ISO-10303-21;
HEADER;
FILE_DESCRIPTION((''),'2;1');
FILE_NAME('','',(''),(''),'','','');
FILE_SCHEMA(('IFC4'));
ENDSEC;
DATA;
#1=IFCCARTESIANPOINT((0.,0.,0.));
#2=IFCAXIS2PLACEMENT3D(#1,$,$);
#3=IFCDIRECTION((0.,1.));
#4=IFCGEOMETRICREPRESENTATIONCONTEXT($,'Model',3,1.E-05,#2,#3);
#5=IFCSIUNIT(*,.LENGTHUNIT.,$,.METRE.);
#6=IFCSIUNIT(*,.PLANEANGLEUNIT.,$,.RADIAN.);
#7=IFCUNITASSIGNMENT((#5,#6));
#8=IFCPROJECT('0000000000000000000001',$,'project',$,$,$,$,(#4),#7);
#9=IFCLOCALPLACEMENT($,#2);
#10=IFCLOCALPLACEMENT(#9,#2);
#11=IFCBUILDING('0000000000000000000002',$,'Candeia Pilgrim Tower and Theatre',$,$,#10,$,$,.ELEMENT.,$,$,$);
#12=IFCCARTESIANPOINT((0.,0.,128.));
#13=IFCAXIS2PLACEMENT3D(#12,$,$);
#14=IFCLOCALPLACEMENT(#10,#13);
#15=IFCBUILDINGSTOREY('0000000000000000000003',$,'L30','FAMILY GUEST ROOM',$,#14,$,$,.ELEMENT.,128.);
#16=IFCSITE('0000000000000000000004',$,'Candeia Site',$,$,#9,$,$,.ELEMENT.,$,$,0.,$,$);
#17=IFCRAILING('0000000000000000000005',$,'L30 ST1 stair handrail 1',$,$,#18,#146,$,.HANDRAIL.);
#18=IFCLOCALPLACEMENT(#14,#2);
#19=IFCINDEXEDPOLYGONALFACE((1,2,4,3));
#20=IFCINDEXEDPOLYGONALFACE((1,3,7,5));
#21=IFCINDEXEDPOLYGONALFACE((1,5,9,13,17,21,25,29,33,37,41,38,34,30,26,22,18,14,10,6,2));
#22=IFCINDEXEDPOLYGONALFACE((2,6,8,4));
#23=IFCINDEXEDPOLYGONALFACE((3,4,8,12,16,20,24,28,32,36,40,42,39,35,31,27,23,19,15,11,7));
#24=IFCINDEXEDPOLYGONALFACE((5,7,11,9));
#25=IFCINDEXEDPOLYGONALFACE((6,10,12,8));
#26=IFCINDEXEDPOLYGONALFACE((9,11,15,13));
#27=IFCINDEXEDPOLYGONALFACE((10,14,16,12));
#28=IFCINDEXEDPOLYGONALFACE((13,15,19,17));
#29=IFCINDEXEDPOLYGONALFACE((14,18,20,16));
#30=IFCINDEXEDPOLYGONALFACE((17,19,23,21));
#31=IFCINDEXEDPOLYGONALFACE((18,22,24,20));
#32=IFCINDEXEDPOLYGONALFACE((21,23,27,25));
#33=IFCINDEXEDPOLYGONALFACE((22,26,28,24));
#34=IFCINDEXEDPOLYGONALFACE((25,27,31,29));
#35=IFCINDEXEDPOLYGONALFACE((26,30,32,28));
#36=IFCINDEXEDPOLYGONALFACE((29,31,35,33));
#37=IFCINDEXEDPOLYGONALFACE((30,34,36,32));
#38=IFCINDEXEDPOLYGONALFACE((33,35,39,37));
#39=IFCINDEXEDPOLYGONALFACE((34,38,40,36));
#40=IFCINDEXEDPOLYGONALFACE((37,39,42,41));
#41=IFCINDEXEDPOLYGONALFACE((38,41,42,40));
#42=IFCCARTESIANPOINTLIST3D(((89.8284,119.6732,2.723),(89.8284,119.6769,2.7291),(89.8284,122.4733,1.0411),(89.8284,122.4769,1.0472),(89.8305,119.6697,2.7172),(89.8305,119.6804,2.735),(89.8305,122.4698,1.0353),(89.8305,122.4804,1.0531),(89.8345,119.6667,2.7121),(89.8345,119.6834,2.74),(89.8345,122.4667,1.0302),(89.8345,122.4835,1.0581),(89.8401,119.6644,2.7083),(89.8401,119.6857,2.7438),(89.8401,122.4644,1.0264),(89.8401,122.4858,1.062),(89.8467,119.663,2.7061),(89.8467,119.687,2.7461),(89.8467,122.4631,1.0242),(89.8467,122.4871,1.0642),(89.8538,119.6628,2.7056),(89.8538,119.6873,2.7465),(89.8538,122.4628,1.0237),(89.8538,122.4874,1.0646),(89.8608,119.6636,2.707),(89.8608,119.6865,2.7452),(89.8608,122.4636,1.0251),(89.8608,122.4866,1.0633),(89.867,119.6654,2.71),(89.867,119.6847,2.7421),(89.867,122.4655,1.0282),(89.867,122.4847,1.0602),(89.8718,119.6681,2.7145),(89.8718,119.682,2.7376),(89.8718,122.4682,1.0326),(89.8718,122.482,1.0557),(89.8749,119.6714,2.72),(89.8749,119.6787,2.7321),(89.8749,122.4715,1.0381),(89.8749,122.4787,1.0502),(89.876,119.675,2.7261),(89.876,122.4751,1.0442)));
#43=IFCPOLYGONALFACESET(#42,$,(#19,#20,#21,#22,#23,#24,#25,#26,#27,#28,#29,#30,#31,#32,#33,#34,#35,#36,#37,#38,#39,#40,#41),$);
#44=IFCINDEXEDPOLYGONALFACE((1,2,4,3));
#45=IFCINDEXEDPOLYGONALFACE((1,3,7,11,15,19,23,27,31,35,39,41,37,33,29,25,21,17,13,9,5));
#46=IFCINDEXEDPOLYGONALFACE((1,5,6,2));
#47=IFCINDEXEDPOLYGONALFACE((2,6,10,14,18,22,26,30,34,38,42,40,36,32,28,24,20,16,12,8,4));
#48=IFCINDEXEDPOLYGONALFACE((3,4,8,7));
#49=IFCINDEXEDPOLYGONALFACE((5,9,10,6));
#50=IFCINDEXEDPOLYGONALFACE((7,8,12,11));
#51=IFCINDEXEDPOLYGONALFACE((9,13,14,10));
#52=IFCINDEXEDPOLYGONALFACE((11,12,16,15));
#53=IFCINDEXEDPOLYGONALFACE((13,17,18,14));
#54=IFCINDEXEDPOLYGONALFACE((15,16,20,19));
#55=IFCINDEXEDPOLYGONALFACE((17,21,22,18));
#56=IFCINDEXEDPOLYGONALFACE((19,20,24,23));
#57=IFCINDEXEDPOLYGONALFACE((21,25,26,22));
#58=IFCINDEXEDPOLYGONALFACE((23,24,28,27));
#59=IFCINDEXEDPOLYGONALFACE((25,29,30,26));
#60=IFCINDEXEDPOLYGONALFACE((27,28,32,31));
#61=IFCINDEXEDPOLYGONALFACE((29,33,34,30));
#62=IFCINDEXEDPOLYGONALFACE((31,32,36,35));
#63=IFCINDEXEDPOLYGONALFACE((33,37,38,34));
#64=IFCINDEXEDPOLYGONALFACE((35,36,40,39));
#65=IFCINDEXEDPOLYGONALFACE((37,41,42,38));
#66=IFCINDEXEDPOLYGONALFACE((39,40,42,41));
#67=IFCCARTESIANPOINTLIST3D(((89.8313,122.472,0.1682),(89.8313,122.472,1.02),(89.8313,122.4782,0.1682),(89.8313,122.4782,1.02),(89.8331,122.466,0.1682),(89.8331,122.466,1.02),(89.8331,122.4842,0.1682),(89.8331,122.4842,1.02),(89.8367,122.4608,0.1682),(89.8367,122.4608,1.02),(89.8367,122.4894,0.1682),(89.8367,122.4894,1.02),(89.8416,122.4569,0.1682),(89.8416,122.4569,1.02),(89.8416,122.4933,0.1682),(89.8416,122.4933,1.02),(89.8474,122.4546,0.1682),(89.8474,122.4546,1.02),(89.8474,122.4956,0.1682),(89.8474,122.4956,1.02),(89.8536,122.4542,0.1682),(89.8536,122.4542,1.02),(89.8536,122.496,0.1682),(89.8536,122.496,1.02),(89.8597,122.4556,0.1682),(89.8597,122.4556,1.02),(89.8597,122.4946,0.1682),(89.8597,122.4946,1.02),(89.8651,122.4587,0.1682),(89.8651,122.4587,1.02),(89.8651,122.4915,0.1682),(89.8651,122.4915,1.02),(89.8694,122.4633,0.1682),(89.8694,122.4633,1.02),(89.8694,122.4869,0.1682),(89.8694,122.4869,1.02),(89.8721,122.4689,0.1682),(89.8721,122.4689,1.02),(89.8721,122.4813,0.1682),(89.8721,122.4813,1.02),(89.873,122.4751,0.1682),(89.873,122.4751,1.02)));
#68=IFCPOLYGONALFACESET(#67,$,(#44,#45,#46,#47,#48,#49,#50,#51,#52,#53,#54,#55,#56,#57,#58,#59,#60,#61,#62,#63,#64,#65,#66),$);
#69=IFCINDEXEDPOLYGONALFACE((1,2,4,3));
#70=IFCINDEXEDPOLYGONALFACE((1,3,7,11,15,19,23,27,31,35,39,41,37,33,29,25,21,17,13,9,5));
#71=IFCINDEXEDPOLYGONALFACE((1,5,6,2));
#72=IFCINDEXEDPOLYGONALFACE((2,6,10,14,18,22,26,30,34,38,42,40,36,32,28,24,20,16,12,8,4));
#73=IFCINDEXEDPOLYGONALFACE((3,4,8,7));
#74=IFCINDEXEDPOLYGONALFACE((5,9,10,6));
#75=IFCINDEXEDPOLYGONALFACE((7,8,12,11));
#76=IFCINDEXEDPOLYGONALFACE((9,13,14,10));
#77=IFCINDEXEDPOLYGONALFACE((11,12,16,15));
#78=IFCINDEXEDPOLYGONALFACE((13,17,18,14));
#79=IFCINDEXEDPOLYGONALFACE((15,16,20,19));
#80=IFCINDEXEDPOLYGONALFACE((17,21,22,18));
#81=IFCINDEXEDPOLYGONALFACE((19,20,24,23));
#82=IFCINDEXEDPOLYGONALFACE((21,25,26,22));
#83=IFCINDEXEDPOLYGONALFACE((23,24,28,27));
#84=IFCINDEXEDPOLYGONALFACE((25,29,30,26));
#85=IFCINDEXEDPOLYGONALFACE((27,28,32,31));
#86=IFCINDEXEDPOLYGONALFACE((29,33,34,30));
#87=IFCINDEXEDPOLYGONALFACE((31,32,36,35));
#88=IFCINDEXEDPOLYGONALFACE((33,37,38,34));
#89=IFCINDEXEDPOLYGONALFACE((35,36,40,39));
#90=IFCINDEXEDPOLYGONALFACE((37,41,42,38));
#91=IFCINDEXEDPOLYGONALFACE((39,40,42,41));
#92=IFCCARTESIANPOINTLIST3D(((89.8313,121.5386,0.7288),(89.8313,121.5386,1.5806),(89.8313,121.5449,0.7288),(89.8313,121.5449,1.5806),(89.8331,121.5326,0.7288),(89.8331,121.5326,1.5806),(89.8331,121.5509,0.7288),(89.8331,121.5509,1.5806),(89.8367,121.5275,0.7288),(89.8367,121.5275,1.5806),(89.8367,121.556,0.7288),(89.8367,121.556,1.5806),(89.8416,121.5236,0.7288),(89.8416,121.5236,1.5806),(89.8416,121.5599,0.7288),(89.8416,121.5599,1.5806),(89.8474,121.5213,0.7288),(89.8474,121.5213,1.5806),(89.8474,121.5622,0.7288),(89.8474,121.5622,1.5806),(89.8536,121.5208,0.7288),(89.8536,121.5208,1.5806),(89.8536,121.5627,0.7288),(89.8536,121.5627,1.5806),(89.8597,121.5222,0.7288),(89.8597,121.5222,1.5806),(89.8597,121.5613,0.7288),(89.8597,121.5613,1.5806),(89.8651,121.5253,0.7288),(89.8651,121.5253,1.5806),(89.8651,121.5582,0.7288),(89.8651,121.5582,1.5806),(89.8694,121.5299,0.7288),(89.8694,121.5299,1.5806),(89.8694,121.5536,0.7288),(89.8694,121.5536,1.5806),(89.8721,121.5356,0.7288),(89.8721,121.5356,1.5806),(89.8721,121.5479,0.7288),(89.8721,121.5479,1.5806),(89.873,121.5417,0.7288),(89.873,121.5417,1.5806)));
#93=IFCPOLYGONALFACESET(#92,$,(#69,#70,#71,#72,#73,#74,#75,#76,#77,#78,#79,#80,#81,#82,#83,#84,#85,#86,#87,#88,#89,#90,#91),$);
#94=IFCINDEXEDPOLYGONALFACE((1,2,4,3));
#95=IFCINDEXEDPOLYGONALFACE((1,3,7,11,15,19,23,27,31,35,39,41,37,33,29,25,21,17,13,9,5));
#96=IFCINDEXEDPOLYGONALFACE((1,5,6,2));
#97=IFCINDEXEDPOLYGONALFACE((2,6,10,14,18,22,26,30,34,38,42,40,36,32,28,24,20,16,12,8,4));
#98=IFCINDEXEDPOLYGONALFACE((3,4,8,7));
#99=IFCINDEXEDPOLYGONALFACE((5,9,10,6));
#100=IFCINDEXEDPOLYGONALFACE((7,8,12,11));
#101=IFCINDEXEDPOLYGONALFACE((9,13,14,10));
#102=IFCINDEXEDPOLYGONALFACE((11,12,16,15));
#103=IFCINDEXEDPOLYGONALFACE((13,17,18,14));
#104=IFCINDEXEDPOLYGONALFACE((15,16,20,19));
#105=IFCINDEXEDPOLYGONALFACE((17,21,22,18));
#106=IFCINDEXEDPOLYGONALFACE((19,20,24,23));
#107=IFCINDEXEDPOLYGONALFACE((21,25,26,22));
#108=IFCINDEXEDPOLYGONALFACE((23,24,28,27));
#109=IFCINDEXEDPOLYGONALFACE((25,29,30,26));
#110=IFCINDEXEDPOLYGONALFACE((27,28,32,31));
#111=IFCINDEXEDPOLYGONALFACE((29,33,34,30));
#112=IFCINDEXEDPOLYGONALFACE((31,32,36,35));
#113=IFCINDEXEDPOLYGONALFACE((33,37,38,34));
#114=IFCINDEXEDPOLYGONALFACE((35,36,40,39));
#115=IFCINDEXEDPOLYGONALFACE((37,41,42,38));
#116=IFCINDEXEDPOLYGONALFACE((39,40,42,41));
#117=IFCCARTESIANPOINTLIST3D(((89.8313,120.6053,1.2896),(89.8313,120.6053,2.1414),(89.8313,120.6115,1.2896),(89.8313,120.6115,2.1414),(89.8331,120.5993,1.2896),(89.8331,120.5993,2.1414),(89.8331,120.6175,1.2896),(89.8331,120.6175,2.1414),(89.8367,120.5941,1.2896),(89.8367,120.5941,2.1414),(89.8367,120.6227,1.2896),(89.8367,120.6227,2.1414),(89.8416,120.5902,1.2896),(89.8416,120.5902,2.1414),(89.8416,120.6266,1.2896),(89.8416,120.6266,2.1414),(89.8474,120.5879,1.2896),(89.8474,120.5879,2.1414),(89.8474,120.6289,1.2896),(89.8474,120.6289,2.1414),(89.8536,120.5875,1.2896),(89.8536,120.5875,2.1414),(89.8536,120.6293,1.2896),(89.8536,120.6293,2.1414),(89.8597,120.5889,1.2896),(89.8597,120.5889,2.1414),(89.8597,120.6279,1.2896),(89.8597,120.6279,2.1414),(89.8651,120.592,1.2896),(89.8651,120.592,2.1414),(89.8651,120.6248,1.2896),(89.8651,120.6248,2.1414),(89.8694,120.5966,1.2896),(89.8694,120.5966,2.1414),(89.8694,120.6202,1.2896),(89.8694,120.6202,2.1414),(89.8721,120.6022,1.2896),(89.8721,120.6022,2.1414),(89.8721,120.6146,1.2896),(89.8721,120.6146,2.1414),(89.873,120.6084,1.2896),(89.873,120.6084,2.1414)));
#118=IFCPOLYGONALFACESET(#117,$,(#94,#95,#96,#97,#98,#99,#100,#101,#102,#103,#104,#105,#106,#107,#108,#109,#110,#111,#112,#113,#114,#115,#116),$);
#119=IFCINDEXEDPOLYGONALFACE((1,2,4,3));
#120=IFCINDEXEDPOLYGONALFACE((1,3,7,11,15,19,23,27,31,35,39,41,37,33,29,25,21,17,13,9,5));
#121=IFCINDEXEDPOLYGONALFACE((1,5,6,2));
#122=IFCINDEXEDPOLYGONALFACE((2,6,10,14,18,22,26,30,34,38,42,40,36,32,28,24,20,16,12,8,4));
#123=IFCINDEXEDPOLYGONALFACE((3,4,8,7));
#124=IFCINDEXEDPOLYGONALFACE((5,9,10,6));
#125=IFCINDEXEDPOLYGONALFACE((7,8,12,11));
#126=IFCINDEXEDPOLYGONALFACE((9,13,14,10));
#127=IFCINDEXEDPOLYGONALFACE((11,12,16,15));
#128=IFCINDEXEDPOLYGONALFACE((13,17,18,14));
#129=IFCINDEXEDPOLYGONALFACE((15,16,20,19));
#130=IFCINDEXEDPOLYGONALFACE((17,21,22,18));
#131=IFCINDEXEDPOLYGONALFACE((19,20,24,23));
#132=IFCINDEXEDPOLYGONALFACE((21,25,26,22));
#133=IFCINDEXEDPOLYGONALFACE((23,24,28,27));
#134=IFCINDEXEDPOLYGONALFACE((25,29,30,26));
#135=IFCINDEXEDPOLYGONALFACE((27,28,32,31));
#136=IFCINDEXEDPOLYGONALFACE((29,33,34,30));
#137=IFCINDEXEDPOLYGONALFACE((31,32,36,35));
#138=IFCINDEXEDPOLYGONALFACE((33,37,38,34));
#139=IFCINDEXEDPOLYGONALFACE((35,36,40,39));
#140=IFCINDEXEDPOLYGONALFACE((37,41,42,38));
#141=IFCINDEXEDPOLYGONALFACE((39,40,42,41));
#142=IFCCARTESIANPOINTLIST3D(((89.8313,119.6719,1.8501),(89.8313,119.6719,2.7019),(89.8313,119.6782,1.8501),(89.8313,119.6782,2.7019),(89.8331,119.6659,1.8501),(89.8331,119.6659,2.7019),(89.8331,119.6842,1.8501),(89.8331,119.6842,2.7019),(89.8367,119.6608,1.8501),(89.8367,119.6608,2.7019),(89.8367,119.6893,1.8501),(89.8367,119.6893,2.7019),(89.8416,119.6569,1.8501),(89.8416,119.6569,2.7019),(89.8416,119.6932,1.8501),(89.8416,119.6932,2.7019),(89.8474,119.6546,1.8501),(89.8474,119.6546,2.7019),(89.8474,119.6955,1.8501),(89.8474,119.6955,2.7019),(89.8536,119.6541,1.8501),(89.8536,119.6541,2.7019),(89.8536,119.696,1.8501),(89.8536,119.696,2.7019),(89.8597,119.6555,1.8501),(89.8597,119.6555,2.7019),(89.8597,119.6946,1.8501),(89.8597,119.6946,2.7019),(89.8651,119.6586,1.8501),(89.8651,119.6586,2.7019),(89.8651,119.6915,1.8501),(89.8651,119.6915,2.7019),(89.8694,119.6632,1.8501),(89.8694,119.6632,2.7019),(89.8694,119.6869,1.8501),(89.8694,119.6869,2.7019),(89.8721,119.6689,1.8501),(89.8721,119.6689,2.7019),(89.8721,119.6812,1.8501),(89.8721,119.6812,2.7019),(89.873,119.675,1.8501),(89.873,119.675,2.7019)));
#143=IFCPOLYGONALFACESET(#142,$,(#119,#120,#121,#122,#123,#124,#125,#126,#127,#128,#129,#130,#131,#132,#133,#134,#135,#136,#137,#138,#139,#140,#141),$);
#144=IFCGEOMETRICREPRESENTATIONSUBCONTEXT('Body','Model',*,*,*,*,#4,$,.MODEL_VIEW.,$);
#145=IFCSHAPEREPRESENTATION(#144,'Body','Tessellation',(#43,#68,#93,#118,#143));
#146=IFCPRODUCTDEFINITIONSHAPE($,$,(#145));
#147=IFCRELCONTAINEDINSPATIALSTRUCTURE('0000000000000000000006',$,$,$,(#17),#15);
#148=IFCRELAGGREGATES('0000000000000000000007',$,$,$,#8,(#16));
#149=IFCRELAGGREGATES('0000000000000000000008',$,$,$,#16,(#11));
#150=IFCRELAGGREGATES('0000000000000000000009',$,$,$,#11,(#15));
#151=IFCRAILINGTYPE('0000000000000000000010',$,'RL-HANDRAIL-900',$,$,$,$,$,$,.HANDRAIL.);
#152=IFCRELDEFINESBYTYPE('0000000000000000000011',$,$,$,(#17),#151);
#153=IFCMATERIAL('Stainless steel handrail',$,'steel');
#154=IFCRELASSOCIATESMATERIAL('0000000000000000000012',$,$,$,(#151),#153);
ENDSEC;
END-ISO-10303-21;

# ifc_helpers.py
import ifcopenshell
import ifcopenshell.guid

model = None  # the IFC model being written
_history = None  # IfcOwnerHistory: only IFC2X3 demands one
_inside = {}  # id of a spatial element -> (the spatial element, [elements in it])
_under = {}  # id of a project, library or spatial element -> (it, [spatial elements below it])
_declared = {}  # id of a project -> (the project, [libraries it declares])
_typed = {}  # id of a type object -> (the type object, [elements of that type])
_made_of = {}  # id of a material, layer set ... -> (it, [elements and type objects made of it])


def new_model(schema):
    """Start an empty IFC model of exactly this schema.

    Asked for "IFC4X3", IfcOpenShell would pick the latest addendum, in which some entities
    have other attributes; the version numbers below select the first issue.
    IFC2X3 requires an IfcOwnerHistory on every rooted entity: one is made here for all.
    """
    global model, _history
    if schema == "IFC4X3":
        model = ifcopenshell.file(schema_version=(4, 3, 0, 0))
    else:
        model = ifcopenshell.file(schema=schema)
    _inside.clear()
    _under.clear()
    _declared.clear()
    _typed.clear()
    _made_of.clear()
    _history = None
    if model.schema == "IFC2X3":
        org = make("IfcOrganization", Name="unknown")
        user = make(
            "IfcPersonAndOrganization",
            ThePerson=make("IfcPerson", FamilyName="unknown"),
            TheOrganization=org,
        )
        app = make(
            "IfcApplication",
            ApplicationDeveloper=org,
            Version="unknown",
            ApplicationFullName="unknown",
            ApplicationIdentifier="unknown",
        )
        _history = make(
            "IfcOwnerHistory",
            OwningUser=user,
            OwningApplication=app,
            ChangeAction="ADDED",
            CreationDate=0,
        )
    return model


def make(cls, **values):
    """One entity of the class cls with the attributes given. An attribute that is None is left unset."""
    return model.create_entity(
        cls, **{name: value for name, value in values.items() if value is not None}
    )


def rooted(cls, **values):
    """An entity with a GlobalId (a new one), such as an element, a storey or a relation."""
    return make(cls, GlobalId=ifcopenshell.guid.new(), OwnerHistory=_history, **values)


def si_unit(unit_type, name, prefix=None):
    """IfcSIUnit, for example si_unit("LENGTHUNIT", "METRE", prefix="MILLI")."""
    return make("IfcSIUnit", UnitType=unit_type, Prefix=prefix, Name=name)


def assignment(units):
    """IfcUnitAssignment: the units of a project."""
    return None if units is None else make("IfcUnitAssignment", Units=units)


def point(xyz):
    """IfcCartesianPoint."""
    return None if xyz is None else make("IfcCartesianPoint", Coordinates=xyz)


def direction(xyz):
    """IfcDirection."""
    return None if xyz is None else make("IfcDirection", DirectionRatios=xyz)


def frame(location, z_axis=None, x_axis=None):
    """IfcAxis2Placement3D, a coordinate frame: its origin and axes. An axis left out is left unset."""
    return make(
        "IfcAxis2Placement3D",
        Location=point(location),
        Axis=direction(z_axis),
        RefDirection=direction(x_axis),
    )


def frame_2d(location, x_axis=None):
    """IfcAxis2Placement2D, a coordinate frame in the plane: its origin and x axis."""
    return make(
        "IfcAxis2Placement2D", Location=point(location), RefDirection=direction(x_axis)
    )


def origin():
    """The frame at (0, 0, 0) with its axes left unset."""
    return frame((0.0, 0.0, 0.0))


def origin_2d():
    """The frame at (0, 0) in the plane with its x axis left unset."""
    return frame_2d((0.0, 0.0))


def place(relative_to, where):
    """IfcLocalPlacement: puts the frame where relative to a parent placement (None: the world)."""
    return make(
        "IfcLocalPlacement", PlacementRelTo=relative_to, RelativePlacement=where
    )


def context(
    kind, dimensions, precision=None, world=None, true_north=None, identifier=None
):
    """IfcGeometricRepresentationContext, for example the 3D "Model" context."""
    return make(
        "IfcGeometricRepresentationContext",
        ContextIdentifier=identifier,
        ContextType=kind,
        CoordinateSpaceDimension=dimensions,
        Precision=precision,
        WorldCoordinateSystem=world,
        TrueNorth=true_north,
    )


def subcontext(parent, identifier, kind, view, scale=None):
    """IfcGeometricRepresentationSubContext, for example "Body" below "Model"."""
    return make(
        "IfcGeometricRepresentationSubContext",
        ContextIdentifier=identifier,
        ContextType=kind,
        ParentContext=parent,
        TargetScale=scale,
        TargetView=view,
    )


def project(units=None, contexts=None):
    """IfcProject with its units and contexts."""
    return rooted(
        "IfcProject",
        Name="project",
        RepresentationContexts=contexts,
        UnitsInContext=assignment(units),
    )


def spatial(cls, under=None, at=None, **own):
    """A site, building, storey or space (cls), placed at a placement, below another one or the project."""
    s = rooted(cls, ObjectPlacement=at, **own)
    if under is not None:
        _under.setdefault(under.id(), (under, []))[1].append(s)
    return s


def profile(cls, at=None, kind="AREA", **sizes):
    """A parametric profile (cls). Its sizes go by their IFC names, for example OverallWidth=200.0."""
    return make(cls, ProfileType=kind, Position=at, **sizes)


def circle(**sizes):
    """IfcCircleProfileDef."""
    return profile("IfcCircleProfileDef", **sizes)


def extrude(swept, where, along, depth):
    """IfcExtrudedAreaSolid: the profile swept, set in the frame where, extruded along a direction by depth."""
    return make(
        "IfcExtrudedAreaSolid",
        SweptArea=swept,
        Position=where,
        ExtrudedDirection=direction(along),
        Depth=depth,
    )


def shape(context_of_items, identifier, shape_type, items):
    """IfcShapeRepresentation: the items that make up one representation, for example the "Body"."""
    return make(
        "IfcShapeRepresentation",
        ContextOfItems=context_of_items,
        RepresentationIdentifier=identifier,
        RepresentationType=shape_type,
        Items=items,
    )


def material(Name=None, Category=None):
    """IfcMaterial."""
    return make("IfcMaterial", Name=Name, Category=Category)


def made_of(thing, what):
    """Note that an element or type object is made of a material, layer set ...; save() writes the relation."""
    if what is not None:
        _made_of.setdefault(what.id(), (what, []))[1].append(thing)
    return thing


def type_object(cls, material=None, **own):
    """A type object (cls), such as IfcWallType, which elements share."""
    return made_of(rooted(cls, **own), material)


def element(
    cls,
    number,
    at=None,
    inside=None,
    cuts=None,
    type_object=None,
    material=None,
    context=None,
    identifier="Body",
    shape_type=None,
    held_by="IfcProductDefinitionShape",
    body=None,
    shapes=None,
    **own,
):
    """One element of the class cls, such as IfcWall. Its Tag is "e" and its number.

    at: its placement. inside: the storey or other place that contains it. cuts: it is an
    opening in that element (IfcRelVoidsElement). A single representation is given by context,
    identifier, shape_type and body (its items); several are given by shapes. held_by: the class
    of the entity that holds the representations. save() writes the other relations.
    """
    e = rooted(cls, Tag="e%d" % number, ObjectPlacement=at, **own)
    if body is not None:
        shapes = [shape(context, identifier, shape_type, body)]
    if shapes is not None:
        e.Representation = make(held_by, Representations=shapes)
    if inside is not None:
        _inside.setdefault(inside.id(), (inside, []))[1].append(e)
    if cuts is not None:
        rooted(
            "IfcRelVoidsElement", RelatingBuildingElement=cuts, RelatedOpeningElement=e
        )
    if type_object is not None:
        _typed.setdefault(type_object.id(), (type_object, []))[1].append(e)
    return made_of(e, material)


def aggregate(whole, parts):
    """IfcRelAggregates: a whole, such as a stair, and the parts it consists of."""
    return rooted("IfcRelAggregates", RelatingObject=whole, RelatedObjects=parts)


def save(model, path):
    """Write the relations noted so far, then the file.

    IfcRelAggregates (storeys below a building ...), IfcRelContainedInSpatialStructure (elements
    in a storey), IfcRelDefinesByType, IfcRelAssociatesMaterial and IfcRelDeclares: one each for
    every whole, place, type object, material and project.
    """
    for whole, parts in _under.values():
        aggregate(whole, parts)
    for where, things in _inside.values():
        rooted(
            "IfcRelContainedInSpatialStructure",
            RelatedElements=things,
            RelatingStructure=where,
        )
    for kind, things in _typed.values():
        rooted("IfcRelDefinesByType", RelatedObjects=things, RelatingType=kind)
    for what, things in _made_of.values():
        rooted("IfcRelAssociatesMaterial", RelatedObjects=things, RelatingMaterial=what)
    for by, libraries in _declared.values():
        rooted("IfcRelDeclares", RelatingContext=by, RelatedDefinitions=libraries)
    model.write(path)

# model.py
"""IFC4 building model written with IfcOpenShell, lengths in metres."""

from ifc_helpers import new_model, si_unit, direction, frame, origin, origin_2d, place, context, subcontext, project, spatial, circle, extrude, material, type_object, element, save


model = new_model("IFC4")

# Units and contexts
model_context = context("Model", 3, precision=1e-05, world=origin(), true_north=direction((0.0, 1.0)))
body_context = subcontext(model_context, "Body", "Model", "MODEL_VIEW")
ifc_project = project(units=[si_unit("LENGTHUNIT", "METRE"), si_unit("PLANEANGLEUNIT", "RADIAN")], contexts=[model_context])

# Site, building, storey
site_placement = place(None, origin())
site = spatial("IfcSite", under=ifc_project, at=site_placement, Name="Candeia Site", CompositionType="ELEMENT", RefElevation=0.0)
building_placement = place(site_placement, origin())
building = spatial("IfcBuilding", under=site, at=building_placement, Name="Candeia Pilgrim Tower and Theatre", CompositionType="ELEMENT")
storey_placement = place(building_placement, frame((0.0, 0.0, 128.0)))
storey = spatial("IfcBuildingStorey", under=building, at=storey_placement, Name="L30", Description="FAMILY GUEST ROOM", CompositionType="ELEMENT", Elevation=128.0)

# Railing
ifc_material_1 = material(Name="Stainless steel handrail", Category="steel")
railing_type_1 = type_object("IfcRailingType", Name="RL-HANDRAIL-900", PredefinedType="HANDRAIL", material=ifc_material_1)
for number, where, name in (
    (1, (89.8521, 122.4751, 0.1682), "L30 ST1 stair handrail 1"),
):
    element("IfcRailing", number, at=place(storey_placement, frame(where)), inside=storey, type_object=railing_type_1, Name=name, PredefinedType="HANDRAIL", context=body_context, shape_type="SweptSolid", body=[
        extrude(circle(Radius=0.0239, at=origin_2d()), frame((0.0, 0.0, 0.876), z_axis=(0.0, -0.857242, 0.514913), x_axis=(1.0, 0.0, 0.0)), (0.0, 0.0, 1.0), 3.2664),
        extrude(circle(Radius=0.021, at=origin_2d()), origin(), (0.0, 0.0, 1.0), 0.8518),
        extrude(circle(Radius=0.021, at=origin_2d()), frame((0.0, -0.9333, 0.5605)), (0.0, 0.0, 1.0), 0.8518),
        extrude(circle(Radius=0.021, at=origin_2d()), frame((0.0, -1.8667, 1.1213)), (0.0, 0.0, 1.0), 0.8518),
        extrude(circle(Radius=0.021, at=origin_2d()), frame((0.0, -2.8, 1.6819)), (0.0, 0.0, 1.0), 0.8518),
    ])

save(model, "model.ifc")
